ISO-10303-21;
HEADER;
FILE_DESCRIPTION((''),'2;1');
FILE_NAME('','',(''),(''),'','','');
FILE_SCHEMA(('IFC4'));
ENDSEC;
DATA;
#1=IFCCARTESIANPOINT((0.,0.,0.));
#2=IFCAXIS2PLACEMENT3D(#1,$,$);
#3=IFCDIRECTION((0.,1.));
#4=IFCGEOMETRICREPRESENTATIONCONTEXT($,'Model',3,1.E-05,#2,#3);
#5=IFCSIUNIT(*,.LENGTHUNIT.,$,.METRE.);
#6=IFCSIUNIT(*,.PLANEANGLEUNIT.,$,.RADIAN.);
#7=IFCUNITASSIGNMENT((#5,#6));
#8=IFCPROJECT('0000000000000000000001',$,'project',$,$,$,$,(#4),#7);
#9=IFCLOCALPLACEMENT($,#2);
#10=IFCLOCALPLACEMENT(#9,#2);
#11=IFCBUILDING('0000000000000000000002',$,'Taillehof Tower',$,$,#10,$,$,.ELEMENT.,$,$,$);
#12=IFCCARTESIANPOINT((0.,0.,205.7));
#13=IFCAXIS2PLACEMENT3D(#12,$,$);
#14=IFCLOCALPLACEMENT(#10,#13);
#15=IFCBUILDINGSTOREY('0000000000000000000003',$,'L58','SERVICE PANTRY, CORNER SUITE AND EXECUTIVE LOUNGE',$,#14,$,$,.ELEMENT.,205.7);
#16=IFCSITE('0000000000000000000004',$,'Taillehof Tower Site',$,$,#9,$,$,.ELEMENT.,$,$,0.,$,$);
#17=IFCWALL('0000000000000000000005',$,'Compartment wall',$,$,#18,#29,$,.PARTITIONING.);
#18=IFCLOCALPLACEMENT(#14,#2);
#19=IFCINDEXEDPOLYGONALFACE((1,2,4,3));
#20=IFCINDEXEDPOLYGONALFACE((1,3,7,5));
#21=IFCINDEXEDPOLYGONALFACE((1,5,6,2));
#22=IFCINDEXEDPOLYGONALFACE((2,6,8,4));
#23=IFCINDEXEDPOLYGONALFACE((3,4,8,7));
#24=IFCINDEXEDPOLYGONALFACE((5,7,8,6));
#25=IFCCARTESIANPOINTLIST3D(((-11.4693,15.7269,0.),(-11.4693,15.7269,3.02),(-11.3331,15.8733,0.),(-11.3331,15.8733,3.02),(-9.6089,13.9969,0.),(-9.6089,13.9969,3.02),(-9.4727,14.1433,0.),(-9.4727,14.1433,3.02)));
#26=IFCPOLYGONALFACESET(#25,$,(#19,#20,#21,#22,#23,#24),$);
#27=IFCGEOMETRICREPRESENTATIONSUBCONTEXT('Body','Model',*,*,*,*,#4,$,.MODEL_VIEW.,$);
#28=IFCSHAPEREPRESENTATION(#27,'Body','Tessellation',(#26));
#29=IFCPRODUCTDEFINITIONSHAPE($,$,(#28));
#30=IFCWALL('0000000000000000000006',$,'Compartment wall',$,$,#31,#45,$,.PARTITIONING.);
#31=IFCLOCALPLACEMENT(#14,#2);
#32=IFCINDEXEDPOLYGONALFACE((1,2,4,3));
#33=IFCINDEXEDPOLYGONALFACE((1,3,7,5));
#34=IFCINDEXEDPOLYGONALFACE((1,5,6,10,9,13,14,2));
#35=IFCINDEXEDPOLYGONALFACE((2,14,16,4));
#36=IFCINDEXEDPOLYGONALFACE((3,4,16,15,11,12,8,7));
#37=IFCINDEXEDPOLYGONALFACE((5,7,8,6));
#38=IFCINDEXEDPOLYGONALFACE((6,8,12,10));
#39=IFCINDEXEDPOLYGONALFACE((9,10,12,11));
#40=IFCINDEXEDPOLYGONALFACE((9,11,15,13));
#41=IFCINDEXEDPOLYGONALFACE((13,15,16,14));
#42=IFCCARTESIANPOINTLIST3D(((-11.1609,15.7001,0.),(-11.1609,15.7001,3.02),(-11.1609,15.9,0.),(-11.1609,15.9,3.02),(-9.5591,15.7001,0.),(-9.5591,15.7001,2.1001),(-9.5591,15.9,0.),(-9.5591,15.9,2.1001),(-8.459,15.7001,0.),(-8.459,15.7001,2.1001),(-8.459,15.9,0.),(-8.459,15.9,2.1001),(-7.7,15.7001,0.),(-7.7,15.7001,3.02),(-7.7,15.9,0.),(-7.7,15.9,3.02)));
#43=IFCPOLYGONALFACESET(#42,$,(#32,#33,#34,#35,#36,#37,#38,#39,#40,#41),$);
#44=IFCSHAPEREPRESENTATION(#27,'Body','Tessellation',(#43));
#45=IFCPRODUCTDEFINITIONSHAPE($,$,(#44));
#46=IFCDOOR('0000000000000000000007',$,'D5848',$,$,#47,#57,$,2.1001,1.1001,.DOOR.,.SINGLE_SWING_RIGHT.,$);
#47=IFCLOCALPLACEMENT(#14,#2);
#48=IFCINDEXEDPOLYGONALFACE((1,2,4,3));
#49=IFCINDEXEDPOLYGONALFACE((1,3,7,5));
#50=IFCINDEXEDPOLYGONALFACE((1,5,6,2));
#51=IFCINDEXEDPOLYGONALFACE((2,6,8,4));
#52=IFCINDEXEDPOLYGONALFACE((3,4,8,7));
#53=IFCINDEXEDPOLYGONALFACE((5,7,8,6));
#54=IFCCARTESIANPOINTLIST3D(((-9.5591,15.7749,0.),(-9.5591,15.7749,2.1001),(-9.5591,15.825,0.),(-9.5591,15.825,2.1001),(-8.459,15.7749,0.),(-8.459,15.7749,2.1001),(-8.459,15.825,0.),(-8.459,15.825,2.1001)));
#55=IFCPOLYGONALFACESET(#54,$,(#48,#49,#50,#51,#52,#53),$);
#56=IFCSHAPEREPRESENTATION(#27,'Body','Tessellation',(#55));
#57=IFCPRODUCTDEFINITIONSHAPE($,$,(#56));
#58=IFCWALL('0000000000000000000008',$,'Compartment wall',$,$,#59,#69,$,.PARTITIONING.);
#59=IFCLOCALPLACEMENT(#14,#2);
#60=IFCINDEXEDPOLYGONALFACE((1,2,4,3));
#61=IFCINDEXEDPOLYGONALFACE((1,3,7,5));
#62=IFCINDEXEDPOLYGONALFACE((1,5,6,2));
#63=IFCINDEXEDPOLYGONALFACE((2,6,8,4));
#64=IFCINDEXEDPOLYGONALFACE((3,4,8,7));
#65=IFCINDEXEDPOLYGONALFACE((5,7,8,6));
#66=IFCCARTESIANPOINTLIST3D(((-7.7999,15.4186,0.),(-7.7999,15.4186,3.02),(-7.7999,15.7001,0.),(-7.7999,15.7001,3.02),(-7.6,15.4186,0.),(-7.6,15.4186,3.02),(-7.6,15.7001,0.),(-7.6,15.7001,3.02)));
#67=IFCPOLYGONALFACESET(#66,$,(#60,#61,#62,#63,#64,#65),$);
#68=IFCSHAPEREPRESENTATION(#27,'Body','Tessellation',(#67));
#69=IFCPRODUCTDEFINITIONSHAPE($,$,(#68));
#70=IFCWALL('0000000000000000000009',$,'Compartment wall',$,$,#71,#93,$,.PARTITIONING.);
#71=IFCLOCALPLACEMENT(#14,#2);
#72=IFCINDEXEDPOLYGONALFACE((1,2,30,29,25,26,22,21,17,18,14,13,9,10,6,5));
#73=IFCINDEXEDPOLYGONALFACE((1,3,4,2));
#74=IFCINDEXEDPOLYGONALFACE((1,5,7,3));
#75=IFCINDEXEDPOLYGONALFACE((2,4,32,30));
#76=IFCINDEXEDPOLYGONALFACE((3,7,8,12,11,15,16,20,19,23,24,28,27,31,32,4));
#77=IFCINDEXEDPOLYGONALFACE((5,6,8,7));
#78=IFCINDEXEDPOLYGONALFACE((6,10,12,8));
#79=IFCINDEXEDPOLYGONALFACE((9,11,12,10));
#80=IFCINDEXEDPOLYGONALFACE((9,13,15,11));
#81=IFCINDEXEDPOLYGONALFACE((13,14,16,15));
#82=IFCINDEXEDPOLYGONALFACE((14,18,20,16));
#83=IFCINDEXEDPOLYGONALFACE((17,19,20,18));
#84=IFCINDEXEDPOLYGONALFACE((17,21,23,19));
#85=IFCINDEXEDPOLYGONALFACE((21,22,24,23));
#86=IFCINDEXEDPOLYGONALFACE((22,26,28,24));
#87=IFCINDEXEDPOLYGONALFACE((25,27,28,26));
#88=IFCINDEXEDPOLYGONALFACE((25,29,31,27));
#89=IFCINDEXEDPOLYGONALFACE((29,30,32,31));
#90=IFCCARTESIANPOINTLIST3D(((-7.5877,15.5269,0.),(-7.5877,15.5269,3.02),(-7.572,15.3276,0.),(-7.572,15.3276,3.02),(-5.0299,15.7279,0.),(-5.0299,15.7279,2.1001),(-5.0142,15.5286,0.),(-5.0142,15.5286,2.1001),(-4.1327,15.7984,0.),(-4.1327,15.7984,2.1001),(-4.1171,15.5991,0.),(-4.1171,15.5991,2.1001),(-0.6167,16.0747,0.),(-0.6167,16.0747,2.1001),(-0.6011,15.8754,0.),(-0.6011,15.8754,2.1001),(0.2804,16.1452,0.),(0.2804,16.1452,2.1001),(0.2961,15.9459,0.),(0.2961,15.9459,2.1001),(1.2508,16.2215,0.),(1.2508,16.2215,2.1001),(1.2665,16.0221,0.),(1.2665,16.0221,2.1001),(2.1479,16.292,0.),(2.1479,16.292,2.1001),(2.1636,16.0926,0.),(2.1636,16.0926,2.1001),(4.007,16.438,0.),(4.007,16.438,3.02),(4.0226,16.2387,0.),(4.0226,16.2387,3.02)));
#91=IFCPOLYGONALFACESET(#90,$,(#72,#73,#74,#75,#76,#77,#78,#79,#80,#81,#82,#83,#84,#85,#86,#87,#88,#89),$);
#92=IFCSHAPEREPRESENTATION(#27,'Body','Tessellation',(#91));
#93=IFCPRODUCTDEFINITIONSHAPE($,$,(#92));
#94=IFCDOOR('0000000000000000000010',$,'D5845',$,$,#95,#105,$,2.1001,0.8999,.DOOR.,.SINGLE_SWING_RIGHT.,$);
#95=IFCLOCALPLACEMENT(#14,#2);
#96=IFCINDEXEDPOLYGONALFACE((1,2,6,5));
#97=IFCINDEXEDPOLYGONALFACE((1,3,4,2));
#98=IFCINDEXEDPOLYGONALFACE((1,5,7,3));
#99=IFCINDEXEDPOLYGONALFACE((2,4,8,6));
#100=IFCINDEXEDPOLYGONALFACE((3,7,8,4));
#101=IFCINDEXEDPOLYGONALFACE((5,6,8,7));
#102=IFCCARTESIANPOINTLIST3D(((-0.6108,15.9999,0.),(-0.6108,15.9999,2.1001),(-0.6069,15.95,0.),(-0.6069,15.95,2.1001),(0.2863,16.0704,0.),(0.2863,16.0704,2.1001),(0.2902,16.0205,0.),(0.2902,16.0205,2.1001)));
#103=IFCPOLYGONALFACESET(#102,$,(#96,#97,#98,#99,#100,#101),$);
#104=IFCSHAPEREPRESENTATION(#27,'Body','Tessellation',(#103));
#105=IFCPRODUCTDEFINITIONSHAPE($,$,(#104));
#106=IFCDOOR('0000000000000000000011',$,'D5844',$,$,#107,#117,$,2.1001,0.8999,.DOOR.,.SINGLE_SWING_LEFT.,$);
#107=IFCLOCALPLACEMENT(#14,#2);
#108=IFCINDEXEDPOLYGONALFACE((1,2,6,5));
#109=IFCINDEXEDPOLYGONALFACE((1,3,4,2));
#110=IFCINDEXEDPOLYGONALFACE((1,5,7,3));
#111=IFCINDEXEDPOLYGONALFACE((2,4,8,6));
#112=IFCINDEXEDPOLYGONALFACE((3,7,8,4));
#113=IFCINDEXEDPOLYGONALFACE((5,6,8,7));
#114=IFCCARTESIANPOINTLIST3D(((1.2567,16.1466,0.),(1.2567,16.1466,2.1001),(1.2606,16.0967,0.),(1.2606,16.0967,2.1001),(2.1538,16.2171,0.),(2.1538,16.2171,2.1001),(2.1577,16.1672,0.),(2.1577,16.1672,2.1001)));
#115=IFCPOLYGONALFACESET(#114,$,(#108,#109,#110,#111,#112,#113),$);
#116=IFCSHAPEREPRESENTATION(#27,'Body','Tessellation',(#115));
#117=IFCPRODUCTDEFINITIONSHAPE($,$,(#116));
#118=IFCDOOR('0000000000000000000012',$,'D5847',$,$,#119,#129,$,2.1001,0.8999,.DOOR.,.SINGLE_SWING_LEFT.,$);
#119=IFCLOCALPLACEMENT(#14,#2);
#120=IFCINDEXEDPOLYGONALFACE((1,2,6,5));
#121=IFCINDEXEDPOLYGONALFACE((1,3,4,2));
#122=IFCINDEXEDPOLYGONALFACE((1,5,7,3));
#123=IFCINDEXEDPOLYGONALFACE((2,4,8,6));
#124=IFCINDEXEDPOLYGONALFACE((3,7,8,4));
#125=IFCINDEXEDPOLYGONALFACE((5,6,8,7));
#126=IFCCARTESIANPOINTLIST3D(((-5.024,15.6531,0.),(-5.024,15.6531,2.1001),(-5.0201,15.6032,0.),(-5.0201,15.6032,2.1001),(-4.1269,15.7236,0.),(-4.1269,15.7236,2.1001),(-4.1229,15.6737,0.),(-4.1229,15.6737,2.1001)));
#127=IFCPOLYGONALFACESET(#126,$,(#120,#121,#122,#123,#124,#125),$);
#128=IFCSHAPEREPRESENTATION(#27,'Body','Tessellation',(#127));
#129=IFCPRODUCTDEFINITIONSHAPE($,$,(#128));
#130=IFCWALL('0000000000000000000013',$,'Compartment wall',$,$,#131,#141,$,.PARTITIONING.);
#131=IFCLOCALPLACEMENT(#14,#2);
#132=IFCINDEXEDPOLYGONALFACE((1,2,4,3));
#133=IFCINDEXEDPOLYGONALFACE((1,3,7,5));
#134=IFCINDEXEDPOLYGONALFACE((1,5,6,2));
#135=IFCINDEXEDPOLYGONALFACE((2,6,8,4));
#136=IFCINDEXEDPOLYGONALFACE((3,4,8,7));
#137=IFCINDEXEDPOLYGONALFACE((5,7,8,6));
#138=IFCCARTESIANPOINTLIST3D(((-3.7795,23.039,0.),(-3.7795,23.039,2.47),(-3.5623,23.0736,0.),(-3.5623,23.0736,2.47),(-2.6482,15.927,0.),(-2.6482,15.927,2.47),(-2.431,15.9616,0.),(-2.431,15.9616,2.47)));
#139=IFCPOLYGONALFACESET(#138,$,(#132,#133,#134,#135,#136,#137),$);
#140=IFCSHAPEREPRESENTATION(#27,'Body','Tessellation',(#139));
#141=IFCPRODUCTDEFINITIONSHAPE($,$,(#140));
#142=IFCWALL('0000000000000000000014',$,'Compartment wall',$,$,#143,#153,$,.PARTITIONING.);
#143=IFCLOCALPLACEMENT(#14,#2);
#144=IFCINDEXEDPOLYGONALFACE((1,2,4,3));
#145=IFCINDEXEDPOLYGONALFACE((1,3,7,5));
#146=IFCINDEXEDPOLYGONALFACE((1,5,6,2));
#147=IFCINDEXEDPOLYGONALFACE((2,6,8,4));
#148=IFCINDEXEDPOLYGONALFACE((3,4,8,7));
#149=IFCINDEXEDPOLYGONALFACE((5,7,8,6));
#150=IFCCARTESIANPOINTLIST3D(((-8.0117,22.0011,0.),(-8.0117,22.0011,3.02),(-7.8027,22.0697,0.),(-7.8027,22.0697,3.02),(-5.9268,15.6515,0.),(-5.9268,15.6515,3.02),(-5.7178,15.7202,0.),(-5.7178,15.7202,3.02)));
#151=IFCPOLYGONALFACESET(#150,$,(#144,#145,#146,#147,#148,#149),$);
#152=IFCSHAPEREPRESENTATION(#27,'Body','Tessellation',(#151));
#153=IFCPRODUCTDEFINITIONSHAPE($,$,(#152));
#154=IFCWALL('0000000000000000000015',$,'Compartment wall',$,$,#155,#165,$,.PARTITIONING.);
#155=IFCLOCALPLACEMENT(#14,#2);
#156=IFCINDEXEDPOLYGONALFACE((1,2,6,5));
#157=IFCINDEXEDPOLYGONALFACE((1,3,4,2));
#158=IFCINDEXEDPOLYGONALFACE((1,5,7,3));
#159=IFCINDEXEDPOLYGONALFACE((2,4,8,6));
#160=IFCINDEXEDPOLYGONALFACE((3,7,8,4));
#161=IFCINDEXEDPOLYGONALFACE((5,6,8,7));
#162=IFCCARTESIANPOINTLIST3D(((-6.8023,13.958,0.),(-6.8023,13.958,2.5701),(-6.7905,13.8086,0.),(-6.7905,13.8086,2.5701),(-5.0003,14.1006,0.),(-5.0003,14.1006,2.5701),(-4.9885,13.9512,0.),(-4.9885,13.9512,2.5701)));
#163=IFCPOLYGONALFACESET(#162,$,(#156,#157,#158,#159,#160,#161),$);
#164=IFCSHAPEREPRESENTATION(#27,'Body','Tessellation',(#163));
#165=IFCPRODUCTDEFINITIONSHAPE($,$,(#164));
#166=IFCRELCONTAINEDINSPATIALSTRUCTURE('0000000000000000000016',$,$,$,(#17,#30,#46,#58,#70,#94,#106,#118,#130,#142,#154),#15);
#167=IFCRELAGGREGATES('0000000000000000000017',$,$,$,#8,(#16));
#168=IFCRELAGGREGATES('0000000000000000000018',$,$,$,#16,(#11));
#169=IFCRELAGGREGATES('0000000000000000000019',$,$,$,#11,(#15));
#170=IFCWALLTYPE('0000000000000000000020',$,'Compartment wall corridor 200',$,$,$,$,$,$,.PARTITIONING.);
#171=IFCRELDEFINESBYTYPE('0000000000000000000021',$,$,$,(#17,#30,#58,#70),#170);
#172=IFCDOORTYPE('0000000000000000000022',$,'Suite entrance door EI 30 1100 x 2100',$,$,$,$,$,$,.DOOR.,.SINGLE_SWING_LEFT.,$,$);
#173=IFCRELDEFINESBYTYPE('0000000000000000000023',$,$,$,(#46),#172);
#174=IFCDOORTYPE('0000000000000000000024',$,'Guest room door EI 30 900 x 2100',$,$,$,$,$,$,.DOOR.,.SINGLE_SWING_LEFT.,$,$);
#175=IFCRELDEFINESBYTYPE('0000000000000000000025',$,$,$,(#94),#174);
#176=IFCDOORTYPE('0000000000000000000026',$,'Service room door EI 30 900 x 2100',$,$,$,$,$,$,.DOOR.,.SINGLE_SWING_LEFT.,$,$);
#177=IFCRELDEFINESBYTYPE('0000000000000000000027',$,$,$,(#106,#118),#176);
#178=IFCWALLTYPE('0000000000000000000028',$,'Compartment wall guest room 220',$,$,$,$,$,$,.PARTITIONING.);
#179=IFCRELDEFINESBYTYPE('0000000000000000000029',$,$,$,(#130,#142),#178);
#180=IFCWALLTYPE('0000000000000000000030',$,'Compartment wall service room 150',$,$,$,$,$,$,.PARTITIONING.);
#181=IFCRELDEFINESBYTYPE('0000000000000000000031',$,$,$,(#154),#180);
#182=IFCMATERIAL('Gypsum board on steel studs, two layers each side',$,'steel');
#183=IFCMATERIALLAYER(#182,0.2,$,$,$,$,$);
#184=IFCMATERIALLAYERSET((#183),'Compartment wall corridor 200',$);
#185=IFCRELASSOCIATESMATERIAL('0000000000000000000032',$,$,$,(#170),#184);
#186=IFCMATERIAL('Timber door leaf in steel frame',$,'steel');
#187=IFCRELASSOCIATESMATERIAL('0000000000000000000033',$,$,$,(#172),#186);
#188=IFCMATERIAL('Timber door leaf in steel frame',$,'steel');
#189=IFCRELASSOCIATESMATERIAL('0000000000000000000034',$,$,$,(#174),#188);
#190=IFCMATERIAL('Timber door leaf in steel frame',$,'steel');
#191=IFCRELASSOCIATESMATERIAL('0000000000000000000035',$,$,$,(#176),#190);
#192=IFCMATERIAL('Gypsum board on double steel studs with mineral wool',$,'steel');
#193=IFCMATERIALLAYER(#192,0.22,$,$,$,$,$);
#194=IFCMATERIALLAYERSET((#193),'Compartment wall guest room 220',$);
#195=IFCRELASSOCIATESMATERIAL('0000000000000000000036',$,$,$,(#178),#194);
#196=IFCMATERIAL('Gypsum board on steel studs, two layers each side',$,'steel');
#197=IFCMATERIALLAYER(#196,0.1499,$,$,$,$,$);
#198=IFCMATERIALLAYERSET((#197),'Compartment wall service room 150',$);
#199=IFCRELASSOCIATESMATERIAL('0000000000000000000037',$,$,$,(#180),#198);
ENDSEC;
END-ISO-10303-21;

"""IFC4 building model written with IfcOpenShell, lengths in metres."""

from ifc_helpers import new_model, si_unit, direction, frame, frame_2d, origin, place, context, subcontext, project, spatial, rectangle, extrude, material, layer, layer_set, type_object, element, fill, save


model = new_model("IFC4")

# Units and contexts
model_context = context("Model", 3, precision=1e-05, world=origin(), true_north=direction((0.0, 1.0)))
body_context = subcontext(model_context, "Body", "Model", "MODEL_VIEW")
ifc_project = project(units=[si_unit("LENGTHUNIT", "METRE"), si_unit("PLANEANGLEUNIT", "RADIAN")], contexts=[model_context])

# Site, building, storey
site_placement = place(None, origin())
site = spatial("IfcSite", under=ifc_project, at=site_placement, Name="Taillehof Tower Site", CompositionType="ELEMENT", RefElevation=0.0)
building_placement = place(site_placement, origin())
building = spatial("IfcBuilding", under=site, at=building_placement, Name="Taillehof Tower", CompositionType="ELEMENT")
storey_placement = place(building_placement, frame((0.0, 0.0, 205.7)))
storey = spatial("IfcBuildingStorey", under=building, at=storey_placement, Name="L58", Description="SERVICE PANTRY, CORNER SUITE AND EXECUTIVE LOUNGE", CompositionType="ELEMENT", Elevation=205.7)

# Wall
ifc_material_1 = material(Name="Gypsum board on steel studs, two layers each side", Category="steel")
ifc_layer_1 = layer(ifc_material_1, 0.2)
ifc_layer_set_1 = layer_set([ifc_layer_1], Name="Compartment wall corridor 200")
wall_type_1 = type_object("IfcWallType", Name="Compartment wall corridor 200", PredefinedType="PARTITIONING", material=ifc_layer_set_1)
wall_1_placement = place(storey_placement, frame((-9.5408, 14.0701, 0.0), z_axis=(0.0, 0.0, 1.0), x_axis=(-0.7323, 0.680982, 0.0)))
element("IfcWall", 1, at=wall_1_placement, inside=storey, type_object=wall_type_1, Name="Compartment wall", PredefinedType="PARTITIONING", context=body_context, shape_type="SweptSolid", body=[
    extrude(rectangle(XDim=2.5405, YDim=0.2, at=frame_2d((1.2703, 0.0))), origin(), (0.0, 0.0, 1.0), 3.02),
])

# Wall, opening, door
wall_2_placement = place(storey_placement, frame((-11.1609, 15.8, 0.0), z_axis=(0.0, 0.0, 1.0), x_axis=(1.0, 0.0, 0.0)))
wall_2 = element("IfcWall", 2, at=wall_2_placement, inside=storey, type_object=wall_type_1, Name="Compartment wall", PredefinedType="PARTITIONING", context=body_context, shape_type="SweptSolid", body=[
    extrude(rectangle(XDim=3.4609, YDim=0.2, at=frame_2d((1.7305, 0.0))), origin(), (0.0, 0.0, 1.0), 3.02),
])
opening_1_placement = place(wall_2_placement, frame((1.6018, 0.0, 0.0)))
opening_1 = element("IfcOpeningElement", 3, at=opening_1_placement, cuts=wall_2, PredefinedType="OPENING", context=body_context, shape_type="SweptSolid", body=[
    extrude(rectangle(XDim=1.1001, YDim=2.1001, at=frame_2d((0.55, 1.05))), frame((0.0, 0.1099, 0.0), z_axis=(0.0, -1.0, 0.0), x_axis=(1.0, 0.0, 0.0)), (0.0, 0.0, 1.0), 0.22),
])
ifc_material_2 = material(Name="Timber door leaf in steel frame", Category="steel")
door_type_1 = type_object("IfcDoorType", Name="Suite entrance door EI 30 1100 x 2100", OperationType="SINGLE_SWING_LEFT", PredefinedType="DOOR", material=ifc_material_2)
door_1_placement = place(opening_1_placement, origin())
door_1 = element("IfcDoor", 4, at=door_1_placement, inside=storey, type_object=door_type_1, Name="D5848", OperationType="SINGLE_SWING_RIGHT", OverallHeight=2.1001, OverallWidth=1.1001, PredefinedType="DOOR", context=body_context, shape_type="SweptSolid", body=[
    extrude(rectangle(XDim=1.1001, YDim=2.1001, at=frame_2d((0.55, 1.05))), frame((0.0, 0.0249, 0.0), z_axis=(0.0, -1.0, 0.0), x_axis=(1.0, 0.0, 0.0)), (0.0, 0.0, 1.0), 0.05),
])
fill(opening_1, door_1)

# Wall
wall_3_placement = place(storey_placement, frame((-7.7, 15.7, 0.0), z_axis=(0.0, 0.0, 1.0), x_axis=(0.0, -1.0, 0.0)))
element("IfcWall", 5, at=wall_3_placement, inside=storey, type_object=wall_type_1, Name="Compartment wall", PredefinedType="PARTITIONING", context=body_context, shape_type="SweptSolid", body=[
    extrude(rectangle(XDim=0.2815, YDim=0.2, at=frame_2d((0.1406, 0.0))), origin(), (0.0, 0.0, 1.0), 3.02),
])

# Wall, openings, doors
wall_4_placement = place(storey_placement, frame((-7.5798, 15.4272, 0.0), z_axis=(0.0, 0.0, 1.0), x_axis=(0.996927, 0.07834, 0.0)))
wall_4 = element("IfcWall", 6, at=wall_4_placement, inside=storey, type_object=wall_type_1, Name="Compartment wall", PredefinedType="PARTITIONING", context=body_context, shape_type="SweptSolid", body=[
    extrude(rectangle(XDim=11.6304, YDim=0.2, at=frame_2d((5.8152, 0.0))), origin(), (0.0, 0.0, 1.0), 3.02),
])
opening_2_placement = place(wall_4_placement, frame((8.8657, 0.0, 0.0)))
opening_2 = element("IfcOpeningElement", 7, at=opening_2_placement, cuts=wall_4, PredefinedType="OPENING", context=body_context, shape_type="SweptSolid", body=[
    extrude(rectangle(XDim=0.8999, YDim=2.1001, at=frame_2d((0.45, 1.05))), frame((0.0, 0.1099, 0.0), z_axis=(0.0, -1.0, 0.0), x_axis=(1.0, 0.0, 0.0)), (0.0, 0.0, 1.0), 0.22),
])
opening_3_placement = place(wall_4_placement, frame((6.9924, 0.0, 0.0)))
opening_3 = element("IfcOpeningElement", 8, at=opening_3_placement, cuts=wall_4, PredefinedType="OPENING", context=body_context, shape_type="SweptSolid", body=[
    extrude(rectangle(XDim=0.8999, YDim=2.1001, at=frame_2d((0.45, 1.05))), frame((0.0, 0.1099, 0.0), z_axis=(0.0, -1.0, 0.0), x_axis=(1.0, 0.0, 0.0)), (0.0, 0.0, 1.0), 0.22),
])
opening_4_placement = place(wall_4_placement, frame((2.5657, 0.0, 0.0)))
opening_4 = element("IfcOpeningElement", 9, at=opening_4_placement, cuts=wall_4, PredefinedType="OPENING", context=body_context, shape_type="SweptSolid", body=[
    extrude(rectangle(XDim=0.8999, YDim=2.1001, at=frame_2d((0.45, 1.05))), frame((0.0, 0.1099, 0.0), z_axis=(0.0, -1.0, 0.0), x_axis=(1.0, 0.0, 0.0)), (0.0, 0.0, 1.0), 0.22),
])
ifc_material_3 = material(Name="Timber door leaf in steel frame", Category="steel")
door_type_2 = type_object("IfcDoorType", Name="Guest room door EI 30 900 x 2100", OperationType="SINGLE_SWING_LEFT", PredefinedType="DOOR", material=ifc_material_3)
door_2_placement = place(opening_3_placement, origin())
door_2 = element("IfcDoor", 10, at=door_2_placement, inside=storey, type_object=door_type_2, Name="D5845", OperationType="SINGLE_SWING_RIGHT", OverallHeight=2.1001, OverallWidth=0.8999, PredefinedType="DOOR", context=body_context, shape_type="SweptSolid", body=[
    extrude(rectangle(XDim=0.8999, YDim=2.1001, at=frame_2d((0.45, 1.05))), frame((0.0, 0.0249, 0.0), z_axis=(0.0, -1.0, 0.0), x_axis=(1.0, 0.0, 0.0)), (0.0, 0.0, 1.0), 0.05),
])
fill(opening_3, door_2)
ifc_material_4 = material(Name="Timber door leaf in steel frame", Category="steel")
door_type_3 = type_object("IfcDoorType", Name="Service room door EI 30 900 x 2100", OperationType="SINGLE_SWING_LEFT", PredefinedType="DOOR", material=ifc_material_4)
door_3_placement = place(opening_2_placement, origin())
door_3 = element("IfcDoor", 11, at=door_3_placement, inside=storey, type_object=door_type_3, Name="D5844", OperationType="SINGLE_SWING_LEFT", OverallHeight=2.1001, OverallWidth=0.8999, PredefinedType="DOOR", context=body_context, shape_type="SweptSolid", body=[
    extrude(rectangle(XDim=0.8999, YDim=2.1001, at=frame_2d((0.45, 1.05))), frame((0.0, 0.0249, 0.0), z_axis=(0.0, -1.0, 0.0), x_axis=(1.0, 0.0, 0.0)), (0.0, 0.0, 1.0), 0.05),
])
fill(opening_2, door_3)
door_4_placement = place(opening_4_placement, origin())
door_4 = element("IfcDoor", 12, at=door_4_placement, inside=storey, type_object=door_type_3, Name="D5847", OperationType="SINGLE_SWING_LEFT", OverallHeight=2.1001, OverallWidth=0.8999, PredefinedType="DOOR", context=body_context, shape_type="SweptSolid", body=[
    extrude(rectangle(XDim=0.8999, YDim=2.1001, at=frame_2d((0.45, 1.05))), frame((0.0, 0.0249, 0.0), z_axis=(0.0, -1.0, 0.0), x_axis=(1.0, 0.0, 0.0)), (0.0, 0.0, 1.0), 0.05),
])
fill(opening_4, door_4)

# Walls
ifc_material_5 = material(Name="Gypsum board on double steel studs with mineral wool", Category="steel")
ifc_layer_2 = layer(ifc_material_5, 0.22)
ifc_layer_set_2 = layer_set([ifc_layer_2], Name="Compartment wall guest room 220")
wall_type_2 = type_object("IfcWallType", Name="Compartment wall guest room 220", PredefinedType="PARTITIONING", material=ifc_layer_set_2)
wall_5_placement = place(storey_placement, frame((-3.6709, 23.0562, 0.0), z_axis=(0.0, 0.0, 1.0), x_axis=(0.157099, -0.987583, 0.0)))
element("IfcWall", 13, at=wall_5_placement, inside=storey, type_object=wall_type_2, Name="Compartment wall", PredefinedType="PARTITIONING", context=body_context, shape_type="SweptSolid", body=[
    extrude(rectangle(XDim=7.2014, YDim=0.22, at=frame_2d((3.6006, 0.0))), origin(), (0.0, 0.0, 1.0), 2.47),
])
wall_6_placement = place(storey_placement, frame((-7.9072, 22.0354, 0.0), z_axis=(0.0, 0.0, 1.0), x_axis=(0.311972, -0.950091, 0.0)))
element("IfcWall", 14, at=wall_6_placement, inside=storey, type_object=wall_type_2, Name="Compartment wall", PredefinedType="PARTITIONING", context=body_context, shape_type="SweptSolid", body=[
    extrude(rectangle(XDim=6.6831, YDim=0.22, at=frame_2d((3.3416, 0.0))), origin(), (0.0, 0.0, 1.0), 3.02),
])
ifc_material_6 = material(Name="Gypsum board on steel studs, two layers each side", Category="steel")
ifc_layer_3 = layer(ifc_material_6, 0.1499)
ifc_layer_set_3 = layer_set([ifc_layer_3], Name="Compartment wall service room 150")
wall_type_3 = type_object("IfcWallType", Name="Compartment wall service room 150", PredefinedType="PARTITIONING", material=ifc_layer_set_3)
wall_7_placement = place(storey_placement, frame((-6.7964, 13.8833, 0.0), z_axis=(0.0, 0.0, 1.0), x_axis=(0.996884, 0.078876, 0.0)))
element("IfcWall", 15, at=wall_7_placement, inside=storey, type_object=wall_type_3, Name="Compartment wall", PredefinedType="PARTITIONING", context=body_context, shape_type="SweptSolid", body=[
    extrude(rectangle(XDim=1.8076, YDim=0.1499, at=frame_2d((0.9038, 0.0))), origin(), (0.0, 0.0, 1.0), 2.5701),
])

save(model, "model.ifc")
